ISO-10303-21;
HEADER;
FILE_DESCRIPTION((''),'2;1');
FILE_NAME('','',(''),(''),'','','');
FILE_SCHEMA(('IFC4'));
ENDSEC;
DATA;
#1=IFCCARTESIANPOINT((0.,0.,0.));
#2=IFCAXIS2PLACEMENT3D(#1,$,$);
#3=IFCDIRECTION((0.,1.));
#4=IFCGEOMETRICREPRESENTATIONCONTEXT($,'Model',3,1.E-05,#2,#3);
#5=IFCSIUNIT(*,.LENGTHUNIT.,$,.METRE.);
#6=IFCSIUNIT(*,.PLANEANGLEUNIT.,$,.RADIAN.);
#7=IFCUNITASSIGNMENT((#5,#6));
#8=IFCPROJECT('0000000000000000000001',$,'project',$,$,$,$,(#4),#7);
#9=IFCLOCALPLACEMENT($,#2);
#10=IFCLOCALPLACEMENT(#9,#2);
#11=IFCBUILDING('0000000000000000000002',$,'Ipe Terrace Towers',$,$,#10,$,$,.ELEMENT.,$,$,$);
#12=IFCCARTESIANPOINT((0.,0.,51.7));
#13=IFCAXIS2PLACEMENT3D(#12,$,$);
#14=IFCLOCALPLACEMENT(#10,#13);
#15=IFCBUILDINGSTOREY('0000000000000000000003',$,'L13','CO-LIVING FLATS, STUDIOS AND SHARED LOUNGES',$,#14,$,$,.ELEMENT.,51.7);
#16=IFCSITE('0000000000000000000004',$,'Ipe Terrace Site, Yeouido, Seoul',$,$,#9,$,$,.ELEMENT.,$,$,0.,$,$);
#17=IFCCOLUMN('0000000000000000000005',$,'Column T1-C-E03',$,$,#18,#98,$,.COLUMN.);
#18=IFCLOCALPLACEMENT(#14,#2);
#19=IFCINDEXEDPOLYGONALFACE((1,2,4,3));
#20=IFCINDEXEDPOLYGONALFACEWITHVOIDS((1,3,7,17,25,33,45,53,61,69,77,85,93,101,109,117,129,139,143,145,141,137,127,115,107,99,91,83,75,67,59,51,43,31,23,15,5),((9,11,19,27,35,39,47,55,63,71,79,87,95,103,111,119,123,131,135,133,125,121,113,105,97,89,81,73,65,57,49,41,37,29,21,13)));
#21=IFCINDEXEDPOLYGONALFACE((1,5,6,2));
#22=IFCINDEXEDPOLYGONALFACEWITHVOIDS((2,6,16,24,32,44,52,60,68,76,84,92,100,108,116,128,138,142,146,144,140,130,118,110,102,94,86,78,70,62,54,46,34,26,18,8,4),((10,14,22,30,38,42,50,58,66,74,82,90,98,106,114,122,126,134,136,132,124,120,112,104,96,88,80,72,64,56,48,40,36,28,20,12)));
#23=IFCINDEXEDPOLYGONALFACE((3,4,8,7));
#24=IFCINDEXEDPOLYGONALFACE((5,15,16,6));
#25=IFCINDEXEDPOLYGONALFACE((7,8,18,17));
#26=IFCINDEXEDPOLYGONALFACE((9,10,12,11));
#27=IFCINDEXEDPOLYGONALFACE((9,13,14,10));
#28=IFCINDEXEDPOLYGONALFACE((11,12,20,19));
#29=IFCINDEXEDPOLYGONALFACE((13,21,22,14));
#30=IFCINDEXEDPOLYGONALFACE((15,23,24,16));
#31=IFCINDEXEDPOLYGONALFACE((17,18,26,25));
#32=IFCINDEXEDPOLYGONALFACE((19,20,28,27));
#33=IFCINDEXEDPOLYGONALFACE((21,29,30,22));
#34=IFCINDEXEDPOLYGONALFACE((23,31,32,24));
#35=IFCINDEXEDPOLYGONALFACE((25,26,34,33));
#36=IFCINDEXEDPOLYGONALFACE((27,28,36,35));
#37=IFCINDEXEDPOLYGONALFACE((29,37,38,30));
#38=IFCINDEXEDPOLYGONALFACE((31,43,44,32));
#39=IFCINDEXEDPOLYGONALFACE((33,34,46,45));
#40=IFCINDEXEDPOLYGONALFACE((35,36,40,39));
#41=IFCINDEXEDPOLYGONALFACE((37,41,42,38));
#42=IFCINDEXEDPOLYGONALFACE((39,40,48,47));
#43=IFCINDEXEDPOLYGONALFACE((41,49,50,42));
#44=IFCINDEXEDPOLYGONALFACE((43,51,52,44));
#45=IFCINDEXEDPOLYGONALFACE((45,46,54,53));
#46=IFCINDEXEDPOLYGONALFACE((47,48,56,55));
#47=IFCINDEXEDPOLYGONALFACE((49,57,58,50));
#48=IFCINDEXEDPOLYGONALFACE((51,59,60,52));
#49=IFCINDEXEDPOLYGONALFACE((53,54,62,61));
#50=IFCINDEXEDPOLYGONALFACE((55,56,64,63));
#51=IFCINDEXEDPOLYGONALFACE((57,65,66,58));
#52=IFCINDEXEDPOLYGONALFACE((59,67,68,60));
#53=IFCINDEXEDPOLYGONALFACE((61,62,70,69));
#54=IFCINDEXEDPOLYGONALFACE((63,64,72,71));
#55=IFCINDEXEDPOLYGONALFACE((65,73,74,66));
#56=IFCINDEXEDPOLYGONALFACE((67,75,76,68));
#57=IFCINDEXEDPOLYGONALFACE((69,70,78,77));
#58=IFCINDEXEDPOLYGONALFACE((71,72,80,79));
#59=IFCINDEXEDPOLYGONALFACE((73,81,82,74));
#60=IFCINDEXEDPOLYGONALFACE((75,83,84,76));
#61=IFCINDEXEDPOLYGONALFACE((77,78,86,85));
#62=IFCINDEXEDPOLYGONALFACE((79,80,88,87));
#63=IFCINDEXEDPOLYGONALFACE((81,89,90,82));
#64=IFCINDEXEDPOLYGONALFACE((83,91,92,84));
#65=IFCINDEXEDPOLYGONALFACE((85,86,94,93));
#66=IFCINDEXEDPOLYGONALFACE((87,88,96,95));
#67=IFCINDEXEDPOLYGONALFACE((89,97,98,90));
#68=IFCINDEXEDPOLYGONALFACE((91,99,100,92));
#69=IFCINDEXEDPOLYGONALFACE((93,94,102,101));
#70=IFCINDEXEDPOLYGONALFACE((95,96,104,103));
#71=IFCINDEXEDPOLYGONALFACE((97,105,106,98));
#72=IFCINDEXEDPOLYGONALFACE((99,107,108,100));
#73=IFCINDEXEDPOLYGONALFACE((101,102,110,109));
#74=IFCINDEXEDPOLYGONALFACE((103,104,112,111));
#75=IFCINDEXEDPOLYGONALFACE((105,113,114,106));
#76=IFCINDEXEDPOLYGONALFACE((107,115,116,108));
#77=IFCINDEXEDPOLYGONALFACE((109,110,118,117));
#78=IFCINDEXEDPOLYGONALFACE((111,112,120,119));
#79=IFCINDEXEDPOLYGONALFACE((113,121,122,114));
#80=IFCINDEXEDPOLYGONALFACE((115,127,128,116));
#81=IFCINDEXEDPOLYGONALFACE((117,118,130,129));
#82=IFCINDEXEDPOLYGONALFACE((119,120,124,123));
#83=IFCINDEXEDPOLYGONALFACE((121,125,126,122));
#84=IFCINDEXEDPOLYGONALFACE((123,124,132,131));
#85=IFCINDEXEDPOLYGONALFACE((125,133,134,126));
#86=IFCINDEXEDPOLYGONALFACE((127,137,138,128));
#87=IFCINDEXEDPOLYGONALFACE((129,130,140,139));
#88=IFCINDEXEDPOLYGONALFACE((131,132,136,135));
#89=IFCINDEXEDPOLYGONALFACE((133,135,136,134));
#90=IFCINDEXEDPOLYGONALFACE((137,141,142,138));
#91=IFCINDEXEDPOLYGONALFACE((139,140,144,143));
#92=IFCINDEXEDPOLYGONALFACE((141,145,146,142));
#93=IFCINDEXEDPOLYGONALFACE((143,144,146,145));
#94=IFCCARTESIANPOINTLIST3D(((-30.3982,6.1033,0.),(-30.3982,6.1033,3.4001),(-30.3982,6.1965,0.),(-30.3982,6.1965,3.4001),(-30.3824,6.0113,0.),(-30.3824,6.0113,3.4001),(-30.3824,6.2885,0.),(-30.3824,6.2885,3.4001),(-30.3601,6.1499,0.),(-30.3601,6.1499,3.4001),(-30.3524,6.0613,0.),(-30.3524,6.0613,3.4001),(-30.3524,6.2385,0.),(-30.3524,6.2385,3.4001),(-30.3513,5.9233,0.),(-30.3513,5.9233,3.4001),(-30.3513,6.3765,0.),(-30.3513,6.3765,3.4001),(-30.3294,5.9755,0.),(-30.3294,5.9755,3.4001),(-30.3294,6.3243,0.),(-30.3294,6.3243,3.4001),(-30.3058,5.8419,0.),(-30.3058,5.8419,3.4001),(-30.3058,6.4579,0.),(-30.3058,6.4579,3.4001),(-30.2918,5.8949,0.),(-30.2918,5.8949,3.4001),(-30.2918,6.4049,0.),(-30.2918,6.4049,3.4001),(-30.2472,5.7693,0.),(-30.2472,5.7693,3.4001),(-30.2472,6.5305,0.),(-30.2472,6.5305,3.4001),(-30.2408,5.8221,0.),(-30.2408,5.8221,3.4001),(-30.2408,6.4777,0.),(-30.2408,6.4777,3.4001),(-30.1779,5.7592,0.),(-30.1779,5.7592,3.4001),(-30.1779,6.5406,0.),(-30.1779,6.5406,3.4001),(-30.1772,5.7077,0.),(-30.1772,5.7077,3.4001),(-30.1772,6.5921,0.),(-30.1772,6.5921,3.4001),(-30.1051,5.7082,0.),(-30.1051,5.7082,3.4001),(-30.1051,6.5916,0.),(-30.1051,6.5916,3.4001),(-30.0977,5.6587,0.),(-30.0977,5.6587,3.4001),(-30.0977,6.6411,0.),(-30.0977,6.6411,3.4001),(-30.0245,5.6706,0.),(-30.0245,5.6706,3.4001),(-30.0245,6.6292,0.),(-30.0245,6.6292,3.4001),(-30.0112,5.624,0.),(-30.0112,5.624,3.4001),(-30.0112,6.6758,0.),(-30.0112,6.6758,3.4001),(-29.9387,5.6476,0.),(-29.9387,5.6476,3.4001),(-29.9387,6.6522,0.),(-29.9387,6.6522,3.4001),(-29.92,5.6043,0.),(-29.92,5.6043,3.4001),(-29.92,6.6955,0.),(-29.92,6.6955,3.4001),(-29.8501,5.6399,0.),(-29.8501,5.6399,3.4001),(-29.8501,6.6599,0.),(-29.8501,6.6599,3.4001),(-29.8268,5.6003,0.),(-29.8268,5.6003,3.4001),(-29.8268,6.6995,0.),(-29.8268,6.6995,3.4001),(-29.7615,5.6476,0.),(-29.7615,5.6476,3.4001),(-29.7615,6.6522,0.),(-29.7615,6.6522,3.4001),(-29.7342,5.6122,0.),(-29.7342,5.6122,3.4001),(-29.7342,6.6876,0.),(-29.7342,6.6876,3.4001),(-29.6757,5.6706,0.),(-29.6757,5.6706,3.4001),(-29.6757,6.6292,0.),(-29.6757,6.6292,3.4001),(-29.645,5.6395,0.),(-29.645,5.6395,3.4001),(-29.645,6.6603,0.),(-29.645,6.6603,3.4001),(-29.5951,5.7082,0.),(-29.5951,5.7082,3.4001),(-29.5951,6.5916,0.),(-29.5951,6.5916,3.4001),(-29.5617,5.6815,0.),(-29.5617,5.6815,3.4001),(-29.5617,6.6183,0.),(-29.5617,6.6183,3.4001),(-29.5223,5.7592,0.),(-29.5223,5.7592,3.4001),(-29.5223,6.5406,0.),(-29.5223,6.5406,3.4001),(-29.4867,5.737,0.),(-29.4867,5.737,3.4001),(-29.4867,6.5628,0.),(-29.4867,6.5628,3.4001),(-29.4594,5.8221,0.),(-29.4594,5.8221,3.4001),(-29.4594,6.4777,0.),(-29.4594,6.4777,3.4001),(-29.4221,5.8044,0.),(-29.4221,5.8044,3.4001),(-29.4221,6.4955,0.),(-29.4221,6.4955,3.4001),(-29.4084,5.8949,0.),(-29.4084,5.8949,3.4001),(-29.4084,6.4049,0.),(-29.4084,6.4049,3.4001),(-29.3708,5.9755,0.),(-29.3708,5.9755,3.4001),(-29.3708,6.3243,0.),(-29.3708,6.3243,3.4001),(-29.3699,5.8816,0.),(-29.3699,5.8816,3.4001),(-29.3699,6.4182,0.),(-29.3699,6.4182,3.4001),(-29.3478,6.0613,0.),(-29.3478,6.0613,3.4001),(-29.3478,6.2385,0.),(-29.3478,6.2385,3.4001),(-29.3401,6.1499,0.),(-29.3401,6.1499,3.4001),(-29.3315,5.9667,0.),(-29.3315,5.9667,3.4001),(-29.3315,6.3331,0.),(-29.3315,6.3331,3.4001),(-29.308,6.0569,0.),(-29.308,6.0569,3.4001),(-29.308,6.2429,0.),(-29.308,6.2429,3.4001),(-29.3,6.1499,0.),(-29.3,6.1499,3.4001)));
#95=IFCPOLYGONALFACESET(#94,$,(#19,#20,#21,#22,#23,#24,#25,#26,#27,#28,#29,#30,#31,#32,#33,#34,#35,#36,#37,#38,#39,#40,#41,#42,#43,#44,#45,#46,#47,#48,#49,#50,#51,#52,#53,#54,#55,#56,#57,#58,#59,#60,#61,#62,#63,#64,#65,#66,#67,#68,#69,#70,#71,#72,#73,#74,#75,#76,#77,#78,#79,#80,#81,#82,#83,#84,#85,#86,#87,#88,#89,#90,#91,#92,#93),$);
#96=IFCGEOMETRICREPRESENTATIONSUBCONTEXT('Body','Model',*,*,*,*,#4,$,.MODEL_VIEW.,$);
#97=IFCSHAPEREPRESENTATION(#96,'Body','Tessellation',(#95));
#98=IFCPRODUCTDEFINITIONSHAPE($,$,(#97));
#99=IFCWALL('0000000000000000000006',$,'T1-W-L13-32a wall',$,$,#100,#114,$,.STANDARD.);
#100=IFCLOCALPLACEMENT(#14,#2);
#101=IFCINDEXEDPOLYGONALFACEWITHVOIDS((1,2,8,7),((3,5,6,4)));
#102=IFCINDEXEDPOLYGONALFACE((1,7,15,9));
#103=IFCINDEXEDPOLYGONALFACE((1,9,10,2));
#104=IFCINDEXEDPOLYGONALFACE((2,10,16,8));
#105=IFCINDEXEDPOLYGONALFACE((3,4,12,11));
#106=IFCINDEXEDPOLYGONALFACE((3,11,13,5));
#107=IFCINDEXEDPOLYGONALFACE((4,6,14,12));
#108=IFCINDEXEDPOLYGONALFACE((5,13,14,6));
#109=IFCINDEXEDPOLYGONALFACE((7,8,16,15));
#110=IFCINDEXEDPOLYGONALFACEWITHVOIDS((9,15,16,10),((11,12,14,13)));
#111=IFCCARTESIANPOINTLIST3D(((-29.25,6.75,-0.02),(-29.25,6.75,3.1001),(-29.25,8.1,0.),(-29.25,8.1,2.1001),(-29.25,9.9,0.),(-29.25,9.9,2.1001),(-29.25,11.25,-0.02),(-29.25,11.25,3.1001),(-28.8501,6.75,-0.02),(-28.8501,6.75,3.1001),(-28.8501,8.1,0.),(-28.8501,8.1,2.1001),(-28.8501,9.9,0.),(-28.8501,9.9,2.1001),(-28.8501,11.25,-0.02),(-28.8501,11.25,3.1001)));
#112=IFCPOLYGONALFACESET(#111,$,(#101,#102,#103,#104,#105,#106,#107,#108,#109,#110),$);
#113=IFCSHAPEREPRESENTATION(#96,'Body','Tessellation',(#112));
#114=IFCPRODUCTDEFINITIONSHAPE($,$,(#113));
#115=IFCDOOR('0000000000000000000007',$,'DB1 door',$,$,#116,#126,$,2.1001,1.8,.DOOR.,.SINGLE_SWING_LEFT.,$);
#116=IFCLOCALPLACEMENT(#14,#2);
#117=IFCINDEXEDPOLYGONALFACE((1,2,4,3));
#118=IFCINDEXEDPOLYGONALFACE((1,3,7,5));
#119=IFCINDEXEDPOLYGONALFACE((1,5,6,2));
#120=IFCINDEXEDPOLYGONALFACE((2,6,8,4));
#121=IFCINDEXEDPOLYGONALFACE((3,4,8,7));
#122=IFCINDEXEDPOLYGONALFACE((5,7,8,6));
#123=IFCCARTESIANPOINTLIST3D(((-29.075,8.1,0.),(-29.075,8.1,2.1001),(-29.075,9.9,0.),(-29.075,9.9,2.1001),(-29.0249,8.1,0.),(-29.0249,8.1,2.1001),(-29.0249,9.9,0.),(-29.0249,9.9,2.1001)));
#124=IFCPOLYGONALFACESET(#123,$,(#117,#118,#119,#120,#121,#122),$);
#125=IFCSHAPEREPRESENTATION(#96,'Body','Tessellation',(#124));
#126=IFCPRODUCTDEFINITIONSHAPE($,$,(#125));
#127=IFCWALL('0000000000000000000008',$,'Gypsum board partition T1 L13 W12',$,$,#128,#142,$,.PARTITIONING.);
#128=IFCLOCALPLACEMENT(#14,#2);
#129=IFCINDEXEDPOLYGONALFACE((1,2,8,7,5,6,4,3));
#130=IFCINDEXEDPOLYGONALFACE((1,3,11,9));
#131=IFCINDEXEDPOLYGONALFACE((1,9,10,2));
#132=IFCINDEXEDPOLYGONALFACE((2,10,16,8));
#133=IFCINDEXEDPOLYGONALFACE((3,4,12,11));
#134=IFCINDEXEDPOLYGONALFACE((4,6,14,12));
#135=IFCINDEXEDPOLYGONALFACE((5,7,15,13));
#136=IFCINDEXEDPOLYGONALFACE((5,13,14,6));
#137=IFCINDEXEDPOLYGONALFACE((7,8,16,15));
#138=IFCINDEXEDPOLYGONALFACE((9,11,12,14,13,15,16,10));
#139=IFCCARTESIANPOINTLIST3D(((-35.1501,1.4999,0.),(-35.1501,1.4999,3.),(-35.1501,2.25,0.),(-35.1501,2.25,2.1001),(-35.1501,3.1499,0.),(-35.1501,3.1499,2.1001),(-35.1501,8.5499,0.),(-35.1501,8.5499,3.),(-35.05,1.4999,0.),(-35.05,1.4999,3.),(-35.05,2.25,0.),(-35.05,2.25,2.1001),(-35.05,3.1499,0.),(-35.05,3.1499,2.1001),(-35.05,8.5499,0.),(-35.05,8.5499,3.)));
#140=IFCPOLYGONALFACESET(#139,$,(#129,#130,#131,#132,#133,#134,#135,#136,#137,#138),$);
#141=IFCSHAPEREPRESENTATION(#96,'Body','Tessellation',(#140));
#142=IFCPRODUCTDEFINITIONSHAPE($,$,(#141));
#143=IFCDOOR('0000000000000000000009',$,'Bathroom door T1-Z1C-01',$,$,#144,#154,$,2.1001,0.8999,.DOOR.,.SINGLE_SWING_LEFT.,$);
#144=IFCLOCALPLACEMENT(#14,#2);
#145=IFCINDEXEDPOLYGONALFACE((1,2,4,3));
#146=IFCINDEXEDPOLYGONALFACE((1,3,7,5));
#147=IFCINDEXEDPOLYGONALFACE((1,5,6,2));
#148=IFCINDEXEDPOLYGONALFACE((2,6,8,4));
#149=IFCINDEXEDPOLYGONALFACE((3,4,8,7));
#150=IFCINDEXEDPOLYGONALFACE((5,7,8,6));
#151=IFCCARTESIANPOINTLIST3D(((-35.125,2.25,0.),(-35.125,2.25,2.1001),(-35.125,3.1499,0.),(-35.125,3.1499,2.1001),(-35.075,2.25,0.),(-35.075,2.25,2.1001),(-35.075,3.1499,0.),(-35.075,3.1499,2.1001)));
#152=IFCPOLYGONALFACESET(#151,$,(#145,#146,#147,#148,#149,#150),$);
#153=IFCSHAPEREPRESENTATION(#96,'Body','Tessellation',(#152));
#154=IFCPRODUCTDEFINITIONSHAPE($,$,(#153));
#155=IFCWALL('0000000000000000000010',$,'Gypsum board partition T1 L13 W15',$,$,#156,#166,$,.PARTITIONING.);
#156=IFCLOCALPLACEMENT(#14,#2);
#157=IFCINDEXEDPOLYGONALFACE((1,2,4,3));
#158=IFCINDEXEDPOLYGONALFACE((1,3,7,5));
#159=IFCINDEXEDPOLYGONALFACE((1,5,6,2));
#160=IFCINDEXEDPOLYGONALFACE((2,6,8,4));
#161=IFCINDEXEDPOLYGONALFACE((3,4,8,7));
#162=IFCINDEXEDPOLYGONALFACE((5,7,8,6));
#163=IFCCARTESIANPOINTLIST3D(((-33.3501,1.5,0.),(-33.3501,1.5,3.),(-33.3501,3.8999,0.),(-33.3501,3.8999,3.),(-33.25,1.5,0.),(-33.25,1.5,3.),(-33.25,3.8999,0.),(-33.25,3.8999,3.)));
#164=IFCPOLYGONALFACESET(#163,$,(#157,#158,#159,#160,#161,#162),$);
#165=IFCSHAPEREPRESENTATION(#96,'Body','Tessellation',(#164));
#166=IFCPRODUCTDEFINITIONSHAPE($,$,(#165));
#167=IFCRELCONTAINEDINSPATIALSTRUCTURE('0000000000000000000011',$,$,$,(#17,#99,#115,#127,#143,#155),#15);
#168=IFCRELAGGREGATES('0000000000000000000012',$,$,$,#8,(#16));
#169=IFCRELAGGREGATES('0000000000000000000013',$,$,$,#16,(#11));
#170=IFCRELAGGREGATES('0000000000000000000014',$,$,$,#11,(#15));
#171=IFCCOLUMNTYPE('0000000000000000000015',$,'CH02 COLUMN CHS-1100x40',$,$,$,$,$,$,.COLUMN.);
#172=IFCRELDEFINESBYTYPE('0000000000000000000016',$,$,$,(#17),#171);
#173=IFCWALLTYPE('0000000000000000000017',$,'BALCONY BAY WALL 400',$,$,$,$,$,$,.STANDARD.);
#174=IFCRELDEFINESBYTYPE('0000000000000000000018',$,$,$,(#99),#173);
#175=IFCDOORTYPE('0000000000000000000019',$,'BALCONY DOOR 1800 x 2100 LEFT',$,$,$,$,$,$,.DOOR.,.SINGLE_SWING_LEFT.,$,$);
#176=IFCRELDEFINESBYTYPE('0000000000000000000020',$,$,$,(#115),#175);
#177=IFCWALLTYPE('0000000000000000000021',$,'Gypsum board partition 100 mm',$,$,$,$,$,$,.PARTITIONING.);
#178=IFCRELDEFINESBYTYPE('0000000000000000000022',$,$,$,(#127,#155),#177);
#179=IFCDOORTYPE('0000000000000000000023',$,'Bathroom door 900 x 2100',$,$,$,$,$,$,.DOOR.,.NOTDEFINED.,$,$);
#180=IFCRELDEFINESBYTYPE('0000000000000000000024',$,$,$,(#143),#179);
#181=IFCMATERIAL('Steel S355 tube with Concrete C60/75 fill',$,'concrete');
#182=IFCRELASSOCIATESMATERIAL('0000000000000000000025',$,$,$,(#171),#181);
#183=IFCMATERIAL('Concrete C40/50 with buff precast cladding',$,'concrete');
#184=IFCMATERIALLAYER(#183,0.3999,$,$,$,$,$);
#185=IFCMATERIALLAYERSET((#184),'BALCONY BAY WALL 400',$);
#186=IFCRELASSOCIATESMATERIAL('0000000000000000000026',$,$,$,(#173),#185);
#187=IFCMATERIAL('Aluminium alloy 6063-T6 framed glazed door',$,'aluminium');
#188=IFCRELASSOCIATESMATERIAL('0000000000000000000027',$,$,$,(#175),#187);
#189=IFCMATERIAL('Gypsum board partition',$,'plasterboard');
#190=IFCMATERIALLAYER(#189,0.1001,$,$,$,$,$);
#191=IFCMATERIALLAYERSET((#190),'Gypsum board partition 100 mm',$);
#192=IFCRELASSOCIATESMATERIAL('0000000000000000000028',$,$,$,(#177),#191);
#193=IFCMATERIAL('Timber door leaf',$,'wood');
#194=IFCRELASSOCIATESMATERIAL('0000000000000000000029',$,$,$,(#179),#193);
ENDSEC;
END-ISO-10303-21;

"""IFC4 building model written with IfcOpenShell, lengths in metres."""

from ifc_helpers import new_model, si_unit, direction, frame, frame_2d, origin, origin_2d, place, context, subcontext, project, spatial, rectangle, hollow_circle, extrude, material, layer, layer_set, material_profile, profile_set, type_object, element, fill, save


model = new_model("IFC4")

# Units and contexts
model_context = context("Model", 3, precision=1e-05, world=origin(), true_north=direction((0.0, 1.0)))
body_context = subcontext(model_context, "Body", "Model", "MODEL_VIEW")
ifc_project = project(units=[si_unit("LENGTHUNIT", "METRE"), si_unit("PLANEANGLEUNIT", "RADIAN")], contexts=[model_context])

# Site, building, storey
site_placement = place(None, origin())
site = spatial("IfcSite", under=ifc_project, at=site_placement, Name="Ipe Terrace Site, Yeouido, Seoul", CompositionType="ELEMENT", RefElevation=0.0)
building_placement = place(site_placement, origin())
building = spatial("IfcBuilding", under=site, at=building_placement, Name="Ipe Terrace Towers", CompositionType="ELEMENT")
storey_placement = place(building_placement, frame((0.0, 0.0, 51.7)))
storey = spatial("IfcBuildingStorey", under=building, at=storey_placement, Name="L13", Description="CO-LIVING FLATS, STUDIOS AND SHARED LOUNGES", CompositionType="ELEMENT", Elevation=51.7)

# Column
ifc_material_1 = material(Name="Steel S355 tube with Concrete C60/75 fill", Category="concrete")
ifc_material_profile = material_profile(ifc_material_1, hollow_circle(Radius=0.55, WallThickness=0.04, at=origin_2d()), Name="CHS-1100x40")
ifc_profile_set = profile_set([ifc_material_profile], Name="Steel S355 tube with Concrete C60/75 fill")
column_type = type_object("IfcColumnType", Name="CH02 COLUMN CHS-1100x40", PredefinedType="COLUMN", material=ifc_profile_set)
column_placement = place(storey_placement, frame((-29.8501, 6.1499, 0.0), z_axis=(0.0, 0.0, 1.0), x_axis=(1.0, 0.0, 0.0)))
element("IfcColumn", 1, at=column_placement, inside=storey, type_object=column_type, Name="Column T1-C-E03", PredefinedType="COLUMN", context=body_context, shape_type="SweptSolid", body=[
    extrude(hollow_circle(Radius=0.55, WallThickness=0.04, at=origin_2d()), origin(), (0.0, 0.0, 1.0), 3.4001),
])

# Walls, openings, doors
ifc_material_2 = material(Name="Concrete C40/50 with buff precast cladding", Category="concrete")
ifc_layer_1 = layer(ifc_material_2, 0.3999)
ifc_layer_set_1 = layer_set([ifc_layer_1], Name="BALCONY BAY WALL 400")
wall_type_1 = type_object("IfcWallType", Name="BALCONY BAY WALL 400", PredefinedType="STANDARD", material=ifc_layer_set_1)
wall_1_placement = place(storey_placement, frame((-29.05, 6.75, -0.02), z_axis=(0.0, 0.0, 1.0), x_axis=(0.0, 1.0, 0.0)))
wall_1 = element("IfcWall", 2, at=wall_1_placement, inside=storey, type_object=wall_type_1, Name="T1-W-L13-32a wall", PredefinedType="STANDARD", context=body_context, shape_type="SweptSolid", body=[
    extrude(rectangle(XDim=4.5, YDim=0.3999, at=frame_2d((2.25, 0.0))), origin(), (0.0, 0.0, 1.0), 3.1201),
])
opening_1_placement = place(wall_1_placement, frame((1.3501, 0.0, 0.02)))
opening_1 = element("IfcOpeningElement", 3, at=opening_1_placement, cuts=wall_1, PredefinedType="OPENING", context=body_context, shape_type="SweptSolid", body=[
    extrude(rectangle(XDim=1.8, YDim=2.1001, at=frame_2d((0.8999, 1.05))), frame((0.0, 0.21, 0.0), z_axis=(0.0, -1.0, 0.0), x_axis=(1.0, 0.0, 0.0)), (0.0, 0.0, 1.0), 0.4199),
])
ifc_material_3 = material(Name="Aluminium alloy 6063-T6 framed glazed door", Category="aluminium")
door_type_1 = type_object("IfcDoorType", Name="BALCONY DOOR 1800 x 2100 LEFT", OperationType="SINGLE_SWING_LEFT", PredefinedType="DOOR", material=ifc_material_3)
door_1_placement = place(opening_1_placement, origin())
door_1 = element("IfcDoor", 4, at=door_1_placement, inside=storey, type_object=door_type_1, Name="DB1 door", OperationType="SINGLE_SWING_LEFT", OverallHeight=2.1001, OverallWidth=1.8, PredefinedType="DOOR", context=body_context, shape_type="SweptSolid", body=[
    extrude(rectangle(XDim=1.8, YDim=2.1001, at=frame_2d((0.8999, 1.05))), frame((0.0, 0.0249, 0.0), z_axis=(0.0, -1.0, 0.0), x_axis=(1.0, 0.0, 0.0)), (0.0, 0.0, 1.0), 0.05),
])
fill(opening_1, door_1)
ifc_material_4 = material(Name="Gypsum board partition", Category="plasterboard")
ifc_layer_2 = layer(ifc_material_4, 0.1001)
ifc_layer_set_2 = layer_set([ifc_layer_2], Name="Gypsum board partition 100 mm")
wall_type_2 = type_object("IfcWallType", Name="Gypsum board partition 100 mm", PredefinedType="PARTITIONING", material=ifc_layer_set_2)
wall_2_placement = place(storey_placement, frame((-35.1001, 1.5, 0.0), z_axis=(0.0, 0.0, 1.0), x_axis=(0.0, 1.0, 0.0)))
wall_2 = element("IfcWall", 5, at=wall_2_placement, inside=storey, type_object=wall_type_2, Name="Gypsum board partition T1 L13 W12", PredefinedType="PARTITIONING", context=body_context, shape_type="SweptSolid", body=[
    extrude(rectangle(XDim=7.05, YDim=0.1001, at=frame_2d((3.5249, 0.0))), origin(), (0.0, 0.0, 1.0), 3.0),
])
opening_2_placement = place(wall_2_placement, frame((0.75, 0.0, 0.0)))
opening_2 = element("IfcOpeningElement", 6, at=opening_2_placement, cuts=wall_2, PredefinedType="OPENING", context=body_context, shape_type="SweptSolid", body=[
    extrude(rectangle(XDim=0.8999, YDim=2.1001, at=frame_2d((0.45, 1.05))), frame((0.0, 0.0601, 0.0), z_axis=(0.0, -1.0, 0.0), x_axis=(1.0, 0.0, 0.0)), (0.0, 0.0, 1.0), 0.1201),
])
ifc_material_5 = material(Name="Timber door leaf", Category="wood")
door_type_2 = type_object("IfcDoorType", Name="Bathroom door 900 x 2100", OperationType="NOTDEFINED", PredefinedType="DOOR", material=ifc_material_5)
door_2_placement = place(opening_2_placement, origin())
door_2 = element("IfcDoor", 7, at=door_2_placement, inside=storey, type_object=door_type_2, Name="Bathroom door T1-Z1C-01", OperationType="SINGLE_SWING_LEFT", OverallHeight=2.1001, OverallWidth=0.8999, PredefinedType="DOOR", context=body_context, shape_type="SweptSolid", body=[
    extrude(rectangle(XDim=0.8999, YDim=2.1001, at=frame_2d((0.45, 1.05))), frame((0.0, 0.0249, 0.0), z_axis=(0.0, -1.0, 0.0), x_axis=(1.0, 0.0, 0.0)), (0.0, 0.0, 1.0), 0.05),
])
fill(opening_2, door_2)

# Wall
wall_3_placement = place(storey_placement, frame((-33.3, 1.5, 0.0), z_axis=(0.0, 0.0, 1.0), x_axis=(0.0, 1.0, 0.0)))
element("IfcWall", 8, at=wall_3_placement, inside=storey, type_object=wall_type_2, Name="Gypsum board partition T1 L13 W15", PredefinedType="PARTITIONING", context=body_context, shape_type="SweptSolid", body=[
    extrude(rectangle(XDim=2.3999, YDim=0.1001, at=frame_2d((1.2, 0.0))), origin(), (0.0, 0.0, 1.0), 3.0),
])

save(model, "model.ifc")
